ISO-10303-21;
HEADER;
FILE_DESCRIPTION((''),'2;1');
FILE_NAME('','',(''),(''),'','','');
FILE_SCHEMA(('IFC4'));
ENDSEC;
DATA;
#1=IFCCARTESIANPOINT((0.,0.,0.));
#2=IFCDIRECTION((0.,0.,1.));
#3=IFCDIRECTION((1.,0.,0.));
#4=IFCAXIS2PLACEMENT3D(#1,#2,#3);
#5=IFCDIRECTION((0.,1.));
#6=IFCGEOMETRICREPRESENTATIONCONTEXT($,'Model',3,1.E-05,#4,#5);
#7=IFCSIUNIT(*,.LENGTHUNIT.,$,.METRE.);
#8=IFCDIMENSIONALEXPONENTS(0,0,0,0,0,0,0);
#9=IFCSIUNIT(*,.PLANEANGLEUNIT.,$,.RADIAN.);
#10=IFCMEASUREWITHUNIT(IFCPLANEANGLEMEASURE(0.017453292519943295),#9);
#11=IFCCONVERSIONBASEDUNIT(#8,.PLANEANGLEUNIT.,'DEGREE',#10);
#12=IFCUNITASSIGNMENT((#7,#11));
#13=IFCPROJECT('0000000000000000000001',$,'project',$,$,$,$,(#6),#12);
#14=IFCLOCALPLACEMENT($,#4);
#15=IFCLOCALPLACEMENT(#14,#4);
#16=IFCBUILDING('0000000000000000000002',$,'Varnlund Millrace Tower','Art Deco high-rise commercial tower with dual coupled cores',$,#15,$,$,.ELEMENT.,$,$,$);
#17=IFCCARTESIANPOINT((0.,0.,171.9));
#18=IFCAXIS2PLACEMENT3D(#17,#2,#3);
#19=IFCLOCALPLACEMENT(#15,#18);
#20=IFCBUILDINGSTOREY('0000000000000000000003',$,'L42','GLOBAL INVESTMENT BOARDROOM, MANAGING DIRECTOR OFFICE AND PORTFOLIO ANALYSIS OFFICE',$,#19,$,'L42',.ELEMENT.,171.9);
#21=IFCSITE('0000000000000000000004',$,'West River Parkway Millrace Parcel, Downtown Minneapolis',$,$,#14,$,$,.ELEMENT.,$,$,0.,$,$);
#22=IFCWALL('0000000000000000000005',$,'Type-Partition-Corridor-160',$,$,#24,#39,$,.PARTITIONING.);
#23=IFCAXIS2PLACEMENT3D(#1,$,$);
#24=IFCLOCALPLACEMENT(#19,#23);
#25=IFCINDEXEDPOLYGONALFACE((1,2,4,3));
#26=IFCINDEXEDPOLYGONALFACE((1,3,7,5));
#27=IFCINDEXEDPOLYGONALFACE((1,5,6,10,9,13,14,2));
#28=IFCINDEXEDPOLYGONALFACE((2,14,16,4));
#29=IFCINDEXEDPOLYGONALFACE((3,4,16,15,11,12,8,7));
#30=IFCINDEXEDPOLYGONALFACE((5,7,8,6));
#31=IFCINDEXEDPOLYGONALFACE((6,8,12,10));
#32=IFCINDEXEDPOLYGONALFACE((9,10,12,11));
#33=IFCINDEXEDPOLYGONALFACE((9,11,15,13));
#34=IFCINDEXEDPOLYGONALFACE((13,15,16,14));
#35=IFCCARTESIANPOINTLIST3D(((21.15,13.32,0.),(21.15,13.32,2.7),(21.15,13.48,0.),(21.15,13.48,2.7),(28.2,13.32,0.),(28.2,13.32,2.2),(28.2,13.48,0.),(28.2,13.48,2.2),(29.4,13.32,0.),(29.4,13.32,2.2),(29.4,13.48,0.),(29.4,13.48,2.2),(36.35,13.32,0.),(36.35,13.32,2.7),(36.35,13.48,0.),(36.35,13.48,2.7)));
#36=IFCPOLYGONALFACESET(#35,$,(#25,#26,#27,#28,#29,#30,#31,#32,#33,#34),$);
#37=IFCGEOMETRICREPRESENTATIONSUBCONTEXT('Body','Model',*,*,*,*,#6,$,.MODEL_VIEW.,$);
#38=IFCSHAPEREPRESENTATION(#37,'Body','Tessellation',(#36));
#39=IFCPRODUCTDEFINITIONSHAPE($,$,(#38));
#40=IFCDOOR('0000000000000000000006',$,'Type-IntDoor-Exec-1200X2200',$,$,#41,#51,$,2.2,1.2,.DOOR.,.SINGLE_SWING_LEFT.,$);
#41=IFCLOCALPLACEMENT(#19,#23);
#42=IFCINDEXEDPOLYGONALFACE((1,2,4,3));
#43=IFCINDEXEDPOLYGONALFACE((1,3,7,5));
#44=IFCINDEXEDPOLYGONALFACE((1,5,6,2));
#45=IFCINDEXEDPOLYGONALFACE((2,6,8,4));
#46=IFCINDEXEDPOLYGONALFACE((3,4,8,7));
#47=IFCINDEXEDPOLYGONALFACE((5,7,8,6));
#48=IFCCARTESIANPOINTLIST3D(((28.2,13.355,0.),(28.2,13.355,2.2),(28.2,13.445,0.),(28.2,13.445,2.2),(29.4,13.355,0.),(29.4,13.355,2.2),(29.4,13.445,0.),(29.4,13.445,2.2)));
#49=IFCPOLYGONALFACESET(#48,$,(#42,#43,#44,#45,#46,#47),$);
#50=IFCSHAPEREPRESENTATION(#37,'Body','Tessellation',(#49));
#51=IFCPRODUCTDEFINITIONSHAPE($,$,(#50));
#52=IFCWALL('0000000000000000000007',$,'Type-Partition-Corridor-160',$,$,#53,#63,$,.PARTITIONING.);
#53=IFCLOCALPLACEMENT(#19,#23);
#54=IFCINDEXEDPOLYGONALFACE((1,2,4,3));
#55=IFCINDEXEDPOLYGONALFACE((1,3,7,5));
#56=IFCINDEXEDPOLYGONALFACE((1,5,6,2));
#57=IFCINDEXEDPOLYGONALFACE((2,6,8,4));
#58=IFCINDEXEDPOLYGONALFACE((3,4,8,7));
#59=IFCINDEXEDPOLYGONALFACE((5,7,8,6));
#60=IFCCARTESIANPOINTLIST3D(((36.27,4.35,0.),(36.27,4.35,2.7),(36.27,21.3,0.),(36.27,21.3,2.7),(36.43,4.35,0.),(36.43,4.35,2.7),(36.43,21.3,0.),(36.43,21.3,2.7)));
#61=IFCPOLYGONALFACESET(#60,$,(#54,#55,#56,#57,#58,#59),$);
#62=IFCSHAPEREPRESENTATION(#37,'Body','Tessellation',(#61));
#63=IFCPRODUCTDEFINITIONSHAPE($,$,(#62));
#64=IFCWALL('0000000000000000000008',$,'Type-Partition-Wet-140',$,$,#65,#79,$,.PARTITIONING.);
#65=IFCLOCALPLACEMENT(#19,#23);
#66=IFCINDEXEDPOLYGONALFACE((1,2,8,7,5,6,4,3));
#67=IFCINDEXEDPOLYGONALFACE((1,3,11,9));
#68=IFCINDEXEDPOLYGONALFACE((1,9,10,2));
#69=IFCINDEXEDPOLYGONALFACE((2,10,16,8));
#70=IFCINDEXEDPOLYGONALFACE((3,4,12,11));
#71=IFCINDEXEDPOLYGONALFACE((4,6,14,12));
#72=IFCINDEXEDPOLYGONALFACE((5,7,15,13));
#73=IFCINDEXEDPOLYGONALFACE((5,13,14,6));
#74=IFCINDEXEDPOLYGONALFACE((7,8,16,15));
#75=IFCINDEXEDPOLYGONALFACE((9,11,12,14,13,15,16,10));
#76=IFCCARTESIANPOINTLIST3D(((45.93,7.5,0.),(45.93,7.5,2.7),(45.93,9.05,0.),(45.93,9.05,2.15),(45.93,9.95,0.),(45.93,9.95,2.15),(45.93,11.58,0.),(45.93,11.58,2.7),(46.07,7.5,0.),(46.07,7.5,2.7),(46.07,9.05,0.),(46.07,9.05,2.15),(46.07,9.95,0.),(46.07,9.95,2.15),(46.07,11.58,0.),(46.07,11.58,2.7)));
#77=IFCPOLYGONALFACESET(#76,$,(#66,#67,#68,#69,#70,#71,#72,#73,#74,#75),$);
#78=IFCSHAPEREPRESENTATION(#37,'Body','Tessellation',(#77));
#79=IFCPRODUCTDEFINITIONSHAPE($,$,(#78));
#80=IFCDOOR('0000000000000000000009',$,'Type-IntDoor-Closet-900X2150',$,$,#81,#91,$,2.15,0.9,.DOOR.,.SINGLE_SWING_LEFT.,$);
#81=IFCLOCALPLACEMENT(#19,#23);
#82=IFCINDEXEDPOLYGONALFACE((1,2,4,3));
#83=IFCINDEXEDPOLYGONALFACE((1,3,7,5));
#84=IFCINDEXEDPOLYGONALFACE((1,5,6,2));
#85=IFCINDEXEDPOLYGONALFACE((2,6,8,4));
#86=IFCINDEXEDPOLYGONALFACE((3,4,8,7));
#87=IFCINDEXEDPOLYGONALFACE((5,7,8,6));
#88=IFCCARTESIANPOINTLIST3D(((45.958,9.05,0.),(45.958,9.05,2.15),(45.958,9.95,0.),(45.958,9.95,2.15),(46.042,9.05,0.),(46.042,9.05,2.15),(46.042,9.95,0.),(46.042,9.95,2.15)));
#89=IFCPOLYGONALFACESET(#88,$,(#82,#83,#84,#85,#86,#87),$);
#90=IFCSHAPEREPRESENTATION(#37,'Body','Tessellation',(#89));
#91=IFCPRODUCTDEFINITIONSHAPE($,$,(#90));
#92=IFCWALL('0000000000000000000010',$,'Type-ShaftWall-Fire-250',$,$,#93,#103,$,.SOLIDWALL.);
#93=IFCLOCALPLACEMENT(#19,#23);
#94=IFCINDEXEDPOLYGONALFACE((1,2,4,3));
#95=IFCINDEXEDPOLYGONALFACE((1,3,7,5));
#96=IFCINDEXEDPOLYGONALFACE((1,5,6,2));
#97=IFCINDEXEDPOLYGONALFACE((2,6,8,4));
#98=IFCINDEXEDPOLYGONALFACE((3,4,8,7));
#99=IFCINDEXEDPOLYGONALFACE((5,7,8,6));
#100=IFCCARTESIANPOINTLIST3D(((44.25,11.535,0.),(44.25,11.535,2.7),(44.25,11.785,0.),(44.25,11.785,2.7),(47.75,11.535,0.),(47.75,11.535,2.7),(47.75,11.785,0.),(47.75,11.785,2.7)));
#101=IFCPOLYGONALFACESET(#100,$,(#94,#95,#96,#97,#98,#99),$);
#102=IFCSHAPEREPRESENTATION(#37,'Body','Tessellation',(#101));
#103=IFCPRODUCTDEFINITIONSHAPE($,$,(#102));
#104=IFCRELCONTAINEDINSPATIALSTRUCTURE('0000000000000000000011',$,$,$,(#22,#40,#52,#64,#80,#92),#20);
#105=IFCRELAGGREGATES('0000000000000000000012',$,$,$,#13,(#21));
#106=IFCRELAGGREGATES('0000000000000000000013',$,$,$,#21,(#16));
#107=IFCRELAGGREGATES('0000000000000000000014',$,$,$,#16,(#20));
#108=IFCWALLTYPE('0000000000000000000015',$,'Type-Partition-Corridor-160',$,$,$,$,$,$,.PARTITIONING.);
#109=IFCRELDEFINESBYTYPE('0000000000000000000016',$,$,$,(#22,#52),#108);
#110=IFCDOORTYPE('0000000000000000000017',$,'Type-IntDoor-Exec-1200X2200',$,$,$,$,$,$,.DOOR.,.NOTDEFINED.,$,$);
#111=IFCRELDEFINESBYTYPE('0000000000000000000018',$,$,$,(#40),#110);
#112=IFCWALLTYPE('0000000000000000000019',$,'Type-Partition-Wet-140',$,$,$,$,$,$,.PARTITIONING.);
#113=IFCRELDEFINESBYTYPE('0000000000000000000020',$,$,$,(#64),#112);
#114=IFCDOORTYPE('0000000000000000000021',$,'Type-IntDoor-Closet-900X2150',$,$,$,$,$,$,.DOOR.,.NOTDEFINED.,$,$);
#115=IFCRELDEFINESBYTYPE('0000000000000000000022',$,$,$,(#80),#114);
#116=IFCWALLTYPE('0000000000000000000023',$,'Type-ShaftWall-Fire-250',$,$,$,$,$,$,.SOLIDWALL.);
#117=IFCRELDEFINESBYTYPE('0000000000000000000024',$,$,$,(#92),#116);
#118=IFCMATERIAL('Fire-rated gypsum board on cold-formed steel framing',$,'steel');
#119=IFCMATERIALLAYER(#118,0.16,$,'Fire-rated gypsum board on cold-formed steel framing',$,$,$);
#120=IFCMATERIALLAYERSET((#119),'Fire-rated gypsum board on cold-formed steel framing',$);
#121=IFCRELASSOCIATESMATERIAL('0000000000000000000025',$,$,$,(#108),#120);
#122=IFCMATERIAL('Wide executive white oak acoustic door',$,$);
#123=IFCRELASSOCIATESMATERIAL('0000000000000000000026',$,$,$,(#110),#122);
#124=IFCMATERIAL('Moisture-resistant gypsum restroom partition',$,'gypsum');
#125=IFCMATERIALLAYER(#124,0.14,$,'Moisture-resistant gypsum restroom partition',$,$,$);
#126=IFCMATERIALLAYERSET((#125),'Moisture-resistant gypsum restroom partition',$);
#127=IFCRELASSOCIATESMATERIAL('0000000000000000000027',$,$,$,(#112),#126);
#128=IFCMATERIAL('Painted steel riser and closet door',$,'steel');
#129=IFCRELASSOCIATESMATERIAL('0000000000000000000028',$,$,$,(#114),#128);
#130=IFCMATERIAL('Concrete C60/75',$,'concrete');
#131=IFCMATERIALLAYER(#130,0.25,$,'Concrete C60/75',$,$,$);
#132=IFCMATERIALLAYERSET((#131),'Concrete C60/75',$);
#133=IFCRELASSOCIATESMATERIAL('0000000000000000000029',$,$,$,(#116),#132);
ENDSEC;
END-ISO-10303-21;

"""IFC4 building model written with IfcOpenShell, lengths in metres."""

from ifc_helpers import new_model, entity, si_unit, converted_unit, direction, frame, origin_with_axes, origin_2d_with_axis, place, context, subcontext, project, spatial, polyline, rectangle, outline, extrude, material, layer, layer_set, type_object, element, fill, save


model = new_model("IFC4")

# Units and contexts
model_context = context("Model", 3, precision=1e-05, world=origin_with_axes(), true_north=direction((0.0, 1.0)))
body_context = subcontext(model_context, "Body", "Model", "MODEL_VIEW")
ifc_project = project(units=[si_unit("LENGTHUNIT", "METRE"), converted_unit("PLANEANGLEUNIT", "DEGREE", entity("IfcPlaneAngleMeasure", 0.017453292519943295), si_unit("PLANEANGLEUNIT", "RADIAN"), dimensions=[0, 0, 0, 0, 0, 0, 0])], contexts=[model_context])

# Site, building, storey
site_placement = place(None, origin_with_axes())
site = spatial("IfcSite", under=ifc_project, at=site_placement, Name="West River Parkway Millrace Parcel, Downtown Minneapolis", CompositionType="ELEMENT", RefElevation=0.0)
building_placement = place(site_placement, origin_with_axes())
building = spatial("IfcBuilding", under=site, at=building_placement, Name="Varnlund Millrace Tower", Description="Art Deco high-rise commercial tower with dual coupled cores", CompositionType="ELEMENT")
storey_placement = place(building_placement, frame((0.0, 0.0, 171.9), z_axis=(0.0, 0.0, 1.0), x_axis=(1.0, 0.0, 0.0)))
storey = spatial("IfcBuildingStorey", under=building, at=storey_placement, Name="L42", Description="GLOBAL INVESTMENT BOARDROOM, MANAGING DIRECTOR OFFICE AND PORTFOLIO ANALYSIS OFFICE", LongName="L42", CompositionType="ELEMENT", Elevation=171.9)

# Shared definitions
ifc_material_1 = material(Name="Fire-rated gypsum board on cold-formed steel framing", Category="steel")
ifc_layer_1 = layer(ifc_material_1, 0.16, Name="Fire-rated gypsum board on cold-formed steel framing")
ifc_layer_set_1 = layer_set([ifc_layer_1], Name="Fire-rated gypsum board on cold-formed steel framing")
wall_type_1 = type_object("IfcWallType", Name="Type-Partition-Corridor-160", PredefinedType="PARTITIONING", material=ifc_layer_set_1)

# Wall, opening, door
wall_1_placement = place(storey_placement, frame((21.15, 13.4, 0.0), z_axis=(0.0, 0.0, 1.0), x_axis=(1.0, 0.0, 0.0)))
wall_1 = element("IfcWall", 1, at=wall_1_placement, inside=storey, type_object=wall_type_1, Name="Type-Partition-Corridor-160", PredefinedType="PARTITIONING", context=body_context, shape_type="SweptSolid", body=[
    extrude(outline(polyline([(0.0, -0.08), (15.2, -0.08), (15.2, 0.08), (0.0, 0.08), (0.0, -0.08)])), origin_with_axes(), (0.0, 0.0, 1.0), 2.7),
])
opening_1_placement = place(wall_1_placement, frame((7.65, 0.0, 0.0), z_axis=(0.0, 0.0, 1.0), x_axis=(1.0, 0.0, 0.0)))
opening_1 = element("IfcOpeningElement", 2, at=opening_1_placement, cuts=wall_1, PredefinedType="OPENING", context=body_context, shape_type="SweptSolid", body=[
    extrude(rectangle(XDim=1.2, YDim=0.18, at=origin_2d_with_axis()), origin_with_axes(), (0.0, 0.0, 1.0), 2.2),
])
ifc_material_2 = material(Name="Wide executive white oak acoustic door")
door_type_1 = type_object("IfcDoorType", Name="Type-IntDoor-Exec-1200X2200", OperationType="NOTDEFINED", PredefinedType="DOOR", material=ifc_material_2)
door_1_placement = place(wall_1_placement, frame((7.65, 0.0, 0.0), z_axis=(0.0, 0.0, 1.0), x_axis=(1.0, 0.0, 0.0)))
door_1 = element("IfcDoor", 3, at=door_1_placement, inside=storey, type_object=door_type_1, Name="Type-IntDoor-Exec-1200X2200", OperationType="SINGLE_SWING_LEFT", OverallHeight=2.2, OverallWidth=1.2, PredefinedType="DOOR", context=body_context, shape_type="SweptSolid", body=[
    extrude(rectangle(XDim=1.2, YDim=0.09, at=origin_2d_with_axis()), origin_with_axes(), (0.0, 0.0, 1.0), 2.2),
])
fill(opening_1, door_1)

# Wall
wall_2_placement = place(storey_placement, frame((36.35, 4.35, 0.0), z_axis=(0.0, 0.0, 1.0), x_axis=(0.0, 1.0, 0.0)))
element("IfcWall", 4, at=wall_2_placement, inside=storey, type_object=wall_type_1, Name="Type-Partition-Corridor-160", PredefinedType="PARTITIONING", context=body_context, shape_type="SweptSolid", body=[
    extrude(outline(polyline([(0.0, -0.08), (16.95, -0.08), (16.95, 0.08), (0.0, 0.08), (0.0, -0.08)])), origin_with_axes(), (0.0, 0.0, 1.0), 2.7),
])

# Wall, opening, door
ifc_material_3 = material(Name="Moisture-resistant gypsum restroom partition", Category="gypsum")
ifc_layer_2 = layer(ifc_material_3, 0.14, Name="Moisture-resistant gypsum restroom partition")
ifc_layer_set_2 = layer_set([ifc_layer_2], Name="Moisture-resistant gypsum restroom partition")
wall_type_2 = type_object("IfcWallType", Name="Type-Partition-Wet-140", PredefinedType="PARTITIONING", material=ifc_layer_set_2)
wall_3_placement = place(storey_placement, frame((46.0, 7.5, 0.0), z_axis=(0.0, 0.0, 1.0), x_axis=(0.0, 1.0, 0.0)))
wall_3 = element("IfcWall", 5, at=wall_3_placement, inside=storey, type_object=wall_type_2, Name="Type-Partition-Wet-140", PredefinedType="PARTITIONING", context=body_context, shape_type="SweptSolid", body=[
    extrude(outline(polyline([(0.0, -0.07), (4.08, -0.07), (4.08, 0.07), (0.0, 0.07), (0.0, -0.07)])), origin_with_axes(), (0.0, 0.0, 1.0), 2.7),
])
opening_2_placement = place(wall_3_placement, frame((2.0, 0.0, 0.0), z_axis=(0.0, 0.0, 1.0), x_axis=(1.0, 0.0, 0.0)))
opening_2 = element("IfcOpeningElement", 6, at=opening_2_placement, cuts=wall_3, PredefinedType="OPENING", context=body_context, shape_type="SweptSolid", body=[
    extrude(rectangle(XDim=0.9, YDim=0.16, at=origin_2d_with_axis()), origin_with_axes(), (0.0, 0.0, 1.0), 2.15),
])
ifc_material_4 = material(Name="Painted steel riser and closet door", Category="steel")
door_type_2 = type_object("IfcDoorType", Name="Type-IntDoor-Closet-900X2150", OperationType="NOTDEFINED", PredefinedType="DOOR", material=ifc_material_4)
door_2_placement = place(wall_3_placement, frame((2.0, 0.0, 0.0), z_axis=(0.0, 0.0, 1.0), x_axis=(1.0, 0.0, 0.0)))
door_2 = element("IfcDoor", 7, at=door_2_placement, inside=storey, type_object=door_type_2, Name="Type-IntDoor-Closet-900X2150", OperationType="SINGLE_SWING_LEFT", OverallHeight=2.15, OverallWidth=0.9, PredefinedType="DOOR", context=body_context, shape_type="SweptSolid", body=[
    extrude(rectangle(XDim=0.9, YDim=0.084, at=origin_2d_with_axis()), origin_with_axes(), (0.0, 0.0, 1.0), 2.15),
])
fill(opening_2, door_2)

# Wall
ifc_material_5 = material(Name="Concrete C60/75", Category="concrete")
ifc_layer_3 = layer(ifc_material_5, 0.25, Name="Concrete C60/75")
ifc_layer_set_3 = layer_set([ifc_layer_3], Name="Concrete C60/75")
wall_type_3 = type_object("IfcWallType", Name="Type-ShaftWall-Fire-250", PredefinedType="SOLIDWALL", material=ifc_layer_set_3)
wall_4_placement = place(storey_placement, frame((44.25, 11.66, 0.0), z_axis=(0.0, 0.0, 1.0), x_axis=(1.0, 0.0, 0.0)))
element("IfcWall", 8, at=wall_4_placement, inside=storey, type_object=wall_type_3, Name="Type-ShaftWall-Fire-250", PredefinedType="SOLIDWALL", context=body_context, shape_type="SweptSolid", body=[
    extrude(outline(polyline([(0.0, -0.125), (3.5, -0.125), (3.5, 0.125), (0.0, 0.125), (0.0, -0.125)])), origin_with_axes(), (0.0, 0.0, 1.0), 2.7),
])

save(model, "model.ifc")
